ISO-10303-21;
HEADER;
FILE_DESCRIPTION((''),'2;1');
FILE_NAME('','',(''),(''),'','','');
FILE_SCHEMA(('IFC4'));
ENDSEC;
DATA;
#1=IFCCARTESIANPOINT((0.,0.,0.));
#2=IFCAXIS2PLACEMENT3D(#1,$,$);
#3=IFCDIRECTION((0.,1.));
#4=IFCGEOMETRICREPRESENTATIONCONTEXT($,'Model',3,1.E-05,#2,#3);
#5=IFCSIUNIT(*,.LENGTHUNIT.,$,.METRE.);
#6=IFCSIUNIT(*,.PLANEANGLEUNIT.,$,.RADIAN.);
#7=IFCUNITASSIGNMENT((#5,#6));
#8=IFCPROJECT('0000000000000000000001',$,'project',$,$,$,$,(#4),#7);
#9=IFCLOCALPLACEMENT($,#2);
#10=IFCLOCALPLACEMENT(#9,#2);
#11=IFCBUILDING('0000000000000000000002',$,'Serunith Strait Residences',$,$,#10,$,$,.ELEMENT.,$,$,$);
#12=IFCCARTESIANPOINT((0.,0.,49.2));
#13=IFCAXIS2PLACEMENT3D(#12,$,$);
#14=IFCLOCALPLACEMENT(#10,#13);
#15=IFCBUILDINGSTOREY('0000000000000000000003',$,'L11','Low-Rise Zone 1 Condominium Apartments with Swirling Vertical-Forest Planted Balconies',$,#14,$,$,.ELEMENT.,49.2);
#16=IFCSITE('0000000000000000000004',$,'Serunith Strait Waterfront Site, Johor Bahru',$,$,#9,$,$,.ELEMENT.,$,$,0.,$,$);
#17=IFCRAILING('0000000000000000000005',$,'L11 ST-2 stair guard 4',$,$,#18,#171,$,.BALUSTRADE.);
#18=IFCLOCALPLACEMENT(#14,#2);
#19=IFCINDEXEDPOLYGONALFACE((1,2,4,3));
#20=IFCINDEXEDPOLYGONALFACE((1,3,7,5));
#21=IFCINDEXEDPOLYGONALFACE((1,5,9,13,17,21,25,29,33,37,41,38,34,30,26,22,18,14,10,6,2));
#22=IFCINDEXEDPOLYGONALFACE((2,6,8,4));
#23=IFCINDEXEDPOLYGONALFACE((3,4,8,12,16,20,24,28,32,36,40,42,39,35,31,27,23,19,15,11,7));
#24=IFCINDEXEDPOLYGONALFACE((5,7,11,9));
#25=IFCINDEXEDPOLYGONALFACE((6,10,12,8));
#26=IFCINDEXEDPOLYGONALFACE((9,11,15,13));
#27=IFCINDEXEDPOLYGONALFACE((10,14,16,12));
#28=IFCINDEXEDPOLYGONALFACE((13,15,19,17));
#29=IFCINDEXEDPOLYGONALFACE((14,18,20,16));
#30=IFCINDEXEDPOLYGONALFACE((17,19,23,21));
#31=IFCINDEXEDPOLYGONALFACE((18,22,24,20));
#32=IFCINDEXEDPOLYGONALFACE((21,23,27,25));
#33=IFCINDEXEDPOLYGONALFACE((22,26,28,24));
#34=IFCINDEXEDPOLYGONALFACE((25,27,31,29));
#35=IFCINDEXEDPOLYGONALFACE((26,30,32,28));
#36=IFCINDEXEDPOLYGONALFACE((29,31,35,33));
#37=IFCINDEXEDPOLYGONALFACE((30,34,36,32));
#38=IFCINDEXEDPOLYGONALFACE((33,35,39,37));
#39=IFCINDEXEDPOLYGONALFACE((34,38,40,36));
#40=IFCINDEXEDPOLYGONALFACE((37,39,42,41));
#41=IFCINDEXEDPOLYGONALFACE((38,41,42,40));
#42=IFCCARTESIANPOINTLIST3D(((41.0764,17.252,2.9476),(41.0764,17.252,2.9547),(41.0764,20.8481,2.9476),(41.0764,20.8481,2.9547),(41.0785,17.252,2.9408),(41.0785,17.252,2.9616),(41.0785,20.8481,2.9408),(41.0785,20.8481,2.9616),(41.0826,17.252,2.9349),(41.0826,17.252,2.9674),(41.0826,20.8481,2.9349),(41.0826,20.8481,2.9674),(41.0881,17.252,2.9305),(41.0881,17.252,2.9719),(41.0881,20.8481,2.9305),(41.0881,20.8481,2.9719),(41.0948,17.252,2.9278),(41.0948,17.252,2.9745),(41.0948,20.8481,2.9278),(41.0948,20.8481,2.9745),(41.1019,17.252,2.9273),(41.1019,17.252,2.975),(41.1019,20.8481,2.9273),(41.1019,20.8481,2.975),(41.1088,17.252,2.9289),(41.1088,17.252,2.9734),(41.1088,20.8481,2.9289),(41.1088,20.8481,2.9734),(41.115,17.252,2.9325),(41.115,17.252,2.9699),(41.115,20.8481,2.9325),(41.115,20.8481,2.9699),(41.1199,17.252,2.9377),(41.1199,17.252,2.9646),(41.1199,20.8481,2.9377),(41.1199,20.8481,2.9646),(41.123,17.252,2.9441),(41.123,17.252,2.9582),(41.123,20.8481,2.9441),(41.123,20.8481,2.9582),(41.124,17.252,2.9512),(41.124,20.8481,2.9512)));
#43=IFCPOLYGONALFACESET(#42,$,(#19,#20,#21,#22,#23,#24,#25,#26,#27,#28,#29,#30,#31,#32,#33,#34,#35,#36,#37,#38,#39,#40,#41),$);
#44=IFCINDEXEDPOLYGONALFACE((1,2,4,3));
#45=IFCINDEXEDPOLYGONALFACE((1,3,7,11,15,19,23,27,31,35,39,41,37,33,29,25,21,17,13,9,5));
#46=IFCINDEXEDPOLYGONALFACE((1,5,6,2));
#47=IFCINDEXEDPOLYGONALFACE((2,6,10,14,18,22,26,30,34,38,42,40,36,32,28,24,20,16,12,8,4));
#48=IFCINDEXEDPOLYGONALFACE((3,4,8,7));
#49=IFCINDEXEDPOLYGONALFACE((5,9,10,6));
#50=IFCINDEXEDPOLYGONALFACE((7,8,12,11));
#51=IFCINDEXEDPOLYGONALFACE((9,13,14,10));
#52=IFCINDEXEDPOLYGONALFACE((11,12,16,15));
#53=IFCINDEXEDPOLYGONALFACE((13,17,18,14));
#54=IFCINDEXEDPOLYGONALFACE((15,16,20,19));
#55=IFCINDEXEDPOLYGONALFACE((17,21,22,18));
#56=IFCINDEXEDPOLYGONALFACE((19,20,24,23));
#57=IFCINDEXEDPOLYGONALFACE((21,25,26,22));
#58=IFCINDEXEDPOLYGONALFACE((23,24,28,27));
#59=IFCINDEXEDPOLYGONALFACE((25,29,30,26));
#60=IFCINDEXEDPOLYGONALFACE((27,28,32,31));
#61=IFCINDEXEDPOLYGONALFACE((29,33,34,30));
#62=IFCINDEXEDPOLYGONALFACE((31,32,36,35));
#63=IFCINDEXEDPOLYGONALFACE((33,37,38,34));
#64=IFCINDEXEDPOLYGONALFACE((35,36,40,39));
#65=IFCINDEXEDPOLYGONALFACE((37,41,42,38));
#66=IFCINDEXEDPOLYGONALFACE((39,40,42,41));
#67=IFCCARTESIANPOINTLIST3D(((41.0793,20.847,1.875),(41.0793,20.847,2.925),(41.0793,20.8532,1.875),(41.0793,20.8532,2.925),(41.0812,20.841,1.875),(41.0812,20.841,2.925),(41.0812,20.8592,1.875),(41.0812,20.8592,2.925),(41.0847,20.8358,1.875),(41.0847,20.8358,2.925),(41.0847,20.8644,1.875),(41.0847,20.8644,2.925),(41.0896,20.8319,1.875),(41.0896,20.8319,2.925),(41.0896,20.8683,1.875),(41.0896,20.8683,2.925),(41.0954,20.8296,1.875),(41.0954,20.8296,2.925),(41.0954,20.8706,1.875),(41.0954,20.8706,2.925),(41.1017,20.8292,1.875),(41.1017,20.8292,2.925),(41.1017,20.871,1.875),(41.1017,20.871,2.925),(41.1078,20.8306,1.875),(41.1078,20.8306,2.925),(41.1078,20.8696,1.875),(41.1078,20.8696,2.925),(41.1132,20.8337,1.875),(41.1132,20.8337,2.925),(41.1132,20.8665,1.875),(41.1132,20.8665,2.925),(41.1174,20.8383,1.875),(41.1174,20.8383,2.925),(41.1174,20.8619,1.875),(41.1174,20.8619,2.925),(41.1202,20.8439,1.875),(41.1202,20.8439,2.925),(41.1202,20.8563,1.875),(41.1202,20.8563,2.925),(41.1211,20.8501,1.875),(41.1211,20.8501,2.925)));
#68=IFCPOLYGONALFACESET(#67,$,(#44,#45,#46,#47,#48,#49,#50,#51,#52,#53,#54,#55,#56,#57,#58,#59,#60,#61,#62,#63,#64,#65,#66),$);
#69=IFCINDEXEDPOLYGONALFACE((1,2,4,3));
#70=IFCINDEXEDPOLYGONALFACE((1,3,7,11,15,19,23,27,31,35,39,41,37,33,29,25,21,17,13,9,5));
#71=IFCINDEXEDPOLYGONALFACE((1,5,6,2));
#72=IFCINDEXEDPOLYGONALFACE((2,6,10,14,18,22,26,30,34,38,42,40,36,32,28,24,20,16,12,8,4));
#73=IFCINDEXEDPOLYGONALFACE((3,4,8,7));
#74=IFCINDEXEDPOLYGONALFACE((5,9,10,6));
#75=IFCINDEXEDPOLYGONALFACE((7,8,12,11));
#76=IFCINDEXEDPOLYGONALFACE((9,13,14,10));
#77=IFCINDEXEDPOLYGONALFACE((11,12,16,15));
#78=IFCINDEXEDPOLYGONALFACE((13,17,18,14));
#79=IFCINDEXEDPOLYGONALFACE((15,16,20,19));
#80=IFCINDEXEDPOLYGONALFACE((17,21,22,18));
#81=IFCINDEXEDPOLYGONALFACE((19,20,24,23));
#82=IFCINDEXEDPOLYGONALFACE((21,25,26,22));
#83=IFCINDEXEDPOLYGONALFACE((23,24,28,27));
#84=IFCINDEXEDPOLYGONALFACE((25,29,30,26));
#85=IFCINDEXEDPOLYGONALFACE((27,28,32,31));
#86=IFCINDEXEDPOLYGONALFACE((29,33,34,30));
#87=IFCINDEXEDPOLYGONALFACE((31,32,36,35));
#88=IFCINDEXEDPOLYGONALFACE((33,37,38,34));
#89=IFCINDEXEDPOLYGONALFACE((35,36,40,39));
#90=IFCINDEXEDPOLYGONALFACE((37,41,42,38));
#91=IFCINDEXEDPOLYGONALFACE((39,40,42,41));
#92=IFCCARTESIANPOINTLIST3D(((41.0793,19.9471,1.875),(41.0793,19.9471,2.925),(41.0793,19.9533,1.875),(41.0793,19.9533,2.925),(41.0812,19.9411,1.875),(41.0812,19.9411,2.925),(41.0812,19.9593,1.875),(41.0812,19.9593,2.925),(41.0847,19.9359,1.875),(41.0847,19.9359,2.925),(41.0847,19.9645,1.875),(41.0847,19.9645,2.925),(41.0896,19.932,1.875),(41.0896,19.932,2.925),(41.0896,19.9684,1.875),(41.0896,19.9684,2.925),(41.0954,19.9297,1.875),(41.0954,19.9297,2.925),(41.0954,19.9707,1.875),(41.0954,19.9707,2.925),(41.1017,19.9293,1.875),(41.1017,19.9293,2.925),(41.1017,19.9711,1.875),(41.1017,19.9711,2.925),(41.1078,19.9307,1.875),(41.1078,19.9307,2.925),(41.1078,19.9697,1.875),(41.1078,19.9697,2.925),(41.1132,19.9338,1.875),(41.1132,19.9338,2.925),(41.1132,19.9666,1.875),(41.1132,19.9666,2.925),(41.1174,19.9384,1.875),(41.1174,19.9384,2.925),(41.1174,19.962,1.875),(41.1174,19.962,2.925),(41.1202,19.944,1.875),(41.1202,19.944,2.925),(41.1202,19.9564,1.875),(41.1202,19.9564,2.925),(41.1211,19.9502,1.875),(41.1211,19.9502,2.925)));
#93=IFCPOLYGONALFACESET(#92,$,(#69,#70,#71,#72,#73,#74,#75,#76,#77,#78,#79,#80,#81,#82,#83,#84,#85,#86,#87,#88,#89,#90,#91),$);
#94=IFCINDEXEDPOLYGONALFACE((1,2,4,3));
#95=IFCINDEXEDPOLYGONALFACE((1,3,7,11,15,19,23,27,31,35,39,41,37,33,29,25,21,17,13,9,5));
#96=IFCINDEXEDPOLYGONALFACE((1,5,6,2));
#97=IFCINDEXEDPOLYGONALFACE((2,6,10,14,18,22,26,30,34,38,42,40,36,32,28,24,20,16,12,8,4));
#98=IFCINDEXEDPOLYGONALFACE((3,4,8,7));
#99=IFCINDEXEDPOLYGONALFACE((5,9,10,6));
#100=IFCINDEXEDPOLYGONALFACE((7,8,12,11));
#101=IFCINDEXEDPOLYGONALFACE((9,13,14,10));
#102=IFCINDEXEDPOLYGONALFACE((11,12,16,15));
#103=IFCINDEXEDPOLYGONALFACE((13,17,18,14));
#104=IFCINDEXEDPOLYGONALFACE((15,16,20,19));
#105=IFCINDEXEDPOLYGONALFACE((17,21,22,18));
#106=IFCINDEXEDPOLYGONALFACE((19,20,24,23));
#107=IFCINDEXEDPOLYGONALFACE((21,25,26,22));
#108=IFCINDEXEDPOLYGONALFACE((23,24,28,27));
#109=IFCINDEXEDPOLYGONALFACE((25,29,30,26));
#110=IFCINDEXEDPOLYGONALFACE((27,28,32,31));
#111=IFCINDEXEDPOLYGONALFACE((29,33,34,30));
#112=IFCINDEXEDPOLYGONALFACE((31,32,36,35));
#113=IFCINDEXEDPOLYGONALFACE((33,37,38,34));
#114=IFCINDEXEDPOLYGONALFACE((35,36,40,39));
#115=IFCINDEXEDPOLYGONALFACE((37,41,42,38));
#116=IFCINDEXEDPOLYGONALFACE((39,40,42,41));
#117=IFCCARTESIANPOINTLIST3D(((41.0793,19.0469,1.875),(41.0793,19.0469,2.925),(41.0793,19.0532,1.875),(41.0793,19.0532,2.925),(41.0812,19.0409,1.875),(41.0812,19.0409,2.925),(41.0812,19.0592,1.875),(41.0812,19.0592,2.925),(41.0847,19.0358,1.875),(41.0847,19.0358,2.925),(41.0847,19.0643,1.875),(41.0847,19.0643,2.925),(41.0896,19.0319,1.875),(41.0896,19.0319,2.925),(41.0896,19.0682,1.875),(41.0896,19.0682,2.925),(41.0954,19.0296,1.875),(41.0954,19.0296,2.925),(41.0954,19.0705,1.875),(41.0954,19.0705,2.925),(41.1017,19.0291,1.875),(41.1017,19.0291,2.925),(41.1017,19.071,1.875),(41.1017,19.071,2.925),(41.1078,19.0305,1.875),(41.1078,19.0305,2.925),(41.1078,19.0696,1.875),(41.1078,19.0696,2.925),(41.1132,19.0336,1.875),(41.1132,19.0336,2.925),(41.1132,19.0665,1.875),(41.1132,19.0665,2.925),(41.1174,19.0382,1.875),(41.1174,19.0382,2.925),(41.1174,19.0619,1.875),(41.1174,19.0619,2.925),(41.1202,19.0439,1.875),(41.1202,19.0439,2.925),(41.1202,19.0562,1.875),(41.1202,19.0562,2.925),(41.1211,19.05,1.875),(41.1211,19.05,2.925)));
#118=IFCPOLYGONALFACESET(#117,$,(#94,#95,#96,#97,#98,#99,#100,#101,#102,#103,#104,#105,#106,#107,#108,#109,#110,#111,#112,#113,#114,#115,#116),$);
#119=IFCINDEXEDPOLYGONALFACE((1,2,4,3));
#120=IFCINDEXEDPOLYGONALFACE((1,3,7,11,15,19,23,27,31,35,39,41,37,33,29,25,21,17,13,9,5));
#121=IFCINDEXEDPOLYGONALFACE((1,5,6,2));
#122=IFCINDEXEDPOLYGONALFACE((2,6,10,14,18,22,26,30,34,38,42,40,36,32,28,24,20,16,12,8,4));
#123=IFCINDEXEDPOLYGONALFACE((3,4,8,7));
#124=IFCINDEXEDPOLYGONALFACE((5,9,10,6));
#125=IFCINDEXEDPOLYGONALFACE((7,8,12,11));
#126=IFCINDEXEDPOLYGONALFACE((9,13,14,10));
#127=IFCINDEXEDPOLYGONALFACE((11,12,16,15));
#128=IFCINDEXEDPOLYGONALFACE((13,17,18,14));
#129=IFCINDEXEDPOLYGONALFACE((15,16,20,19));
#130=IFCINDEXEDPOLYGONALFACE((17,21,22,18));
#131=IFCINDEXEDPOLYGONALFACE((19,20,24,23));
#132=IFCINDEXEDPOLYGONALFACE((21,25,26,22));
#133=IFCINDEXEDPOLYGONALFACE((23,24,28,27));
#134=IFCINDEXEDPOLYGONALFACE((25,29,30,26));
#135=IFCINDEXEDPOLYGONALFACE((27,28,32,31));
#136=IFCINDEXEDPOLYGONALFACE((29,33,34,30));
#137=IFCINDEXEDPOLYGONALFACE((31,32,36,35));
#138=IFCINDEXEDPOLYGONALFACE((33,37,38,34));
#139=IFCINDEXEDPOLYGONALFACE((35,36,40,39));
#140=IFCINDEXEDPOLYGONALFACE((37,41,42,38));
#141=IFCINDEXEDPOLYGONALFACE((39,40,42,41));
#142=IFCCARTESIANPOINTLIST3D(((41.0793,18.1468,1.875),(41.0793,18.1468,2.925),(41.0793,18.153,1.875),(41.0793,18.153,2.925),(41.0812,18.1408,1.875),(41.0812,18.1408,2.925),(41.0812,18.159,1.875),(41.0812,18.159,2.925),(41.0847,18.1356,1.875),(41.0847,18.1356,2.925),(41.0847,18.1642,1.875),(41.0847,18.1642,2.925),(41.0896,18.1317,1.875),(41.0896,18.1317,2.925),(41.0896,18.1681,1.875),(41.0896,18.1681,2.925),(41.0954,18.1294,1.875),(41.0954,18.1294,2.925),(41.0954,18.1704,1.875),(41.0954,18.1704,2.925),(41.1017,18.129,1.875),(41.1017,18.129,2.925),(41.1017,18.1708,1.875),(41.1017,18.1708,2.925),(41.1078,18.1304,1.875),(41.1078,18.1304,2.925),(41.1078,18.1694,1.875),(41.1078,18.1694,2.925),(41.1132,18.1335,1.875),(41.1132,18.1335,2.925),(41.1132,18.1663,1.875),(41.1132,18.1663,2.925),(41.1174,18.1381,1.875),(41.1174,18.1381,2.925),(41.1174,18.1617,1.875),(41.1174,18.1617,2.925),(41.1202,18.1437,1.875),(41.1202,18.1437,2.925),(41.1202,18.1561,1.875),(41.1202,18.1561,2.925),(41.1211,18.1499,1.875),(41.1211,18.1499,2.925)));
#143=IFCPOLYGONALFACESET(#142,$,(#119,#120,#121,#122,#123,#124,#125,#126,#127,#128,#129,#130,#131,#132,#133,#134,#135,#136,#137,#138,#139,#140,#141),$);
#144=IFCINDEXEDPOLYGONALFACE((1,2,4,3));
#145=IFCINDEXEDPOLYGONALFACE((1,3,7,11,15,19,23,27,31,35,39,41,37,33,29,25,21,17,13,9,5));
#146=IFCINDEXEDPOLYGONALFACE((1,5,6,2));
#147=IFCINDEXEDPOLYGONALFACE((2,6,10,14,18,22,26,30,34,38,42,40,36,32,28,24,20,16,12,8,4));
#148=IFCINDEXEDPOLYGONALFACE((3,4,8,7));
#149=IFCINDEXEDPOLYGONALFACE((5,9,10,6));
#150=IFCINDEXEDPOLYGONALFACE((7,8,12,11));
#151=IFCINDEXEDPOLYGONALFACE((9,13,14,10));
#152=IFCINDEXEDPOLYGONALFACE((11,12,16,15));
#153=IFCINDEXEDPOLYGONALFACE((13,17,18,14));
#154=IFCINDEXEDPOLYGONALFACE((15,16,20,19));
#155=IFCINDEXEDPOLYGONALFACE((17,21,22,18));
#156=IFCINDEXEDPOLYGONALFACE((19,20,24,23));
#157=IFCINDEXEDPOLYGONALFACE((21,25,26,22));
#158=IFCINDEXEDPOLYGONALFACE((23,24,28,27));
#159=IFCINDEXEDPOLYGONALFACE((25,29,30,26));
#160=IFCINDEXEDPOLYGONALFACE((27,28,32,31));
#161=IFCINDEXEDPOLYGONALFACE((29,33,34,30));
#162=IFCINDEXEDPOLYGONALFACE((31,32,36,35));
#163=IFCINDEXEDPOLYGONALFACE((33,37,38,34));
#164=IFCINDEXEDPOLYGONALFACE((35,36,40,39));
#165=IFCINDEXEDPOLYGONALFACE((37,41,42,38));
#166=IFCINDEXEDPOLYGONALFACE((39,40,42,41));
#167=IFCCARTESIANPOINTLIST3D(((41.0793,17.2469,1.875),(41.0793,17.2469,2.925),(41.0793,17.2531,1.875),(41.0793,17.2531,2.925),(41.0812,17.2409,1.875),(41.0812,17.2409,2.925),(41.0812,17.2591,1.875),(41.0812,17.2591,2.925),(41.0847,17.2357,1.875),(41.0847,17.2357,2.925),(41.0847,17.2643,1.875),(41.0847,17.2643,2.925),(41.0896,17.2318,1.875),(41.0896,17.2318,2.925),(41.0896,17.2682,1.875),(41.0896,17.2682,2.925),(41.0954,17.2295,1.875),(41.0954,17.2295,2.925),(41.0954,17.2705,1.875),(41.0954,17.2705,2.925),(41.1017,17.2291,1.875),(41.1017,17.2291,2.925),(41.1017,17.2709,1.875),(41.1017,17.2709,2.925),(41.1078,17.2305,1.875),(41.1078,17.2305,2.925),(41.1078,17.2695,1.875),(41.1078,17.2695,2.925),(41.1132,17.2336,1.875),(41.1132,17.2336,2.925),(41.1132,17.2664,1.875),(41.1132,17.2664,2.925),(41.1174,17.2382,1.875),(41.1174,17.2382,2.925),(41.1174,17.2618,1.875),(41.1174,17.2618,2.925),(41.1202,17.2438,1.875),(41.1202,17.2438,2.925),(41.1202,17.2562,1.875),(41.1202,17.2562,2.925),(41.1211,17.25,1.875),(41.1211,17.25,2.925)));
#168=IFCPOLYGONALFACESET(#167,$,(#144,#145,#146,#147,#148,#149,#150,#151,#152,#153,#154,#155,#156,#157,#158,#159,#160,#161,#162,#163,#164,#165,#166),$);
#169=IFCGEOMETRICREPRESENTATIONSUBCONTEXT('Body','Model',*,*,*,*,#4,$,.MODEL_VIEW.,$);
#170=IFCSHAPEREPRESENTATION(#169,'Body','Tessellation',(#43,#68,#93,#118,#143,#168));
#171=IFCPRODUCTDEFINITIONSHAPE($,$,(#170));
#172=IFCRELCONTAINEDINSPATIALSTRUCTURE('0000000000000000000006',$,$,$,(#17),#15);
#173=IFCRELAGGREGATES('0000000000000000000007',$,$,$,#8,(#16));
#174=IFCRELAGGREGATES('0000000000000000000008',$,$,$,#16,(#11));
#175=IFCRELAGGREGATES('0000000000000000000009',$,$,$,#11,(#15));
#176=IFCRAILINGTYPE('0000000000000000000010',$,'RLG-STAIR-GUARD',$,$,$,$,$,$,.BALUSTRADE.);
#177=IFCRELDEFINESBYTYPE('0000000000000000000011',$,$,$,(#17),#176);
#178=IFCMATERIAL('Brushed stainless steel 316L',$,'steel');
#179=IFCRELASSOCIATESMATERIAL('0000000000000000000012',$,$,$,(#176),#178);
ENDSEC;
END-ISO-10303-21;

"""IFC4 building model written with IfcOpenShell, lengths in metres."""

from ifc_helpers import new_model, si_unit, direction, frame, origin, origin_2d, place, context, subcontext, project, spatial, circle, extrude, material, type_object, element, save


model = new_model("IFC4")

# Units and contexts
model_context = context("Model", 3, precision=1e-05, world=origin(), true_north=direction((0.0, 1.0)))
body_context = subcontext(model_context, "Body", "Model", "MODEL_VIEW")
ifc_project = project(units=[si_unit("LENGTHUNIT", "METRE"), si_unit("PLANEANGLEUNIT", "RADIAN")], contexts=[model_context])

# Site, building, storey
site_placement = place(None, origin())
site = spatial("IfcSite", under=ifc_project, at=site_placement, Name="Serunith Strait Waterfront Site, Johor Bahru", CompositionType="ELEMENT", RefElevation=0.0)
building_placement = place(site_placement, origin())
building = spatial("IfcBuilding", under=site, at=building_placement, Name="Serunith Strait Residences", CompositionType="ELEMENT")
storey_placement = place(building_placement, frame((0.0, 0.0, 49.2)))
storey = spatial("IfcBuildingStorey", under=building, at=storey_placement, Name="L11", Description="Low-Rise Zone 1 Condominium Apartments with Swirling Vertical-Forest Planted Balconies", CompositionType="ELEMENT", Elevation=49.2)

# Railing
ifc_material_1 = material(Name="Brushed stainless steel 316L", Category="steel")
railing_type_1 = type_object("IfcRailingType", Name="RLG-STAIR-GUARD", PredefinedType="BALUSTRADE", material=ifc_material_1)
for number, where, name in (
    (1, (41.1001, 20.8501, 1.875), "L11 ST-2 stair guard 4"),
):
    element("IfcRailing", number, at=place(storey_placement, frame(where)), inside=storey, type_object=railing_type_1, Name=name, PredefinedType="BALUSTRADE", context=body_context, shape_type="SweptSolid", body=[
        extrude(circle(Radius=0.0239, at=origin_2d()), frame((0.0, -0.002, 1.0762), z_axis=(0.0, -1.0, 0.0), x_axis=(1.0, 0.0, 0.0)), (0.0, 0.0, 1.0), 3.5962),
        extrude(circle(Radius=0.021, at=origin_2d()), origin(), (0.0, 0.0, 1.0), 1.05),
        extrude(circle(Radius=0.021, at=origin_2d()), frame((0.0, -0.8999, 0.0)), (0.0, 0.0, 1.0), 1.05),
        extrude(circle(Radius=0.021, at=origin_2d()), frame((0.0, -1.8, 0.0)), (0.0, 0.0, 1.0), 1.05),
        extrude(circle(Radius=0.021, at=origin_2d()), frame((0.0, -2.7002, 0.0)), (0.0, 0.0, 1.0), 1.05),
        extrude(circle(Radius=0.021, at=origin_2d()), frame((0.0, -3.6001, 0.0)), (0.0, 0.0, 1.0), 1.05),
    ])

save(model, "model.ifc")
